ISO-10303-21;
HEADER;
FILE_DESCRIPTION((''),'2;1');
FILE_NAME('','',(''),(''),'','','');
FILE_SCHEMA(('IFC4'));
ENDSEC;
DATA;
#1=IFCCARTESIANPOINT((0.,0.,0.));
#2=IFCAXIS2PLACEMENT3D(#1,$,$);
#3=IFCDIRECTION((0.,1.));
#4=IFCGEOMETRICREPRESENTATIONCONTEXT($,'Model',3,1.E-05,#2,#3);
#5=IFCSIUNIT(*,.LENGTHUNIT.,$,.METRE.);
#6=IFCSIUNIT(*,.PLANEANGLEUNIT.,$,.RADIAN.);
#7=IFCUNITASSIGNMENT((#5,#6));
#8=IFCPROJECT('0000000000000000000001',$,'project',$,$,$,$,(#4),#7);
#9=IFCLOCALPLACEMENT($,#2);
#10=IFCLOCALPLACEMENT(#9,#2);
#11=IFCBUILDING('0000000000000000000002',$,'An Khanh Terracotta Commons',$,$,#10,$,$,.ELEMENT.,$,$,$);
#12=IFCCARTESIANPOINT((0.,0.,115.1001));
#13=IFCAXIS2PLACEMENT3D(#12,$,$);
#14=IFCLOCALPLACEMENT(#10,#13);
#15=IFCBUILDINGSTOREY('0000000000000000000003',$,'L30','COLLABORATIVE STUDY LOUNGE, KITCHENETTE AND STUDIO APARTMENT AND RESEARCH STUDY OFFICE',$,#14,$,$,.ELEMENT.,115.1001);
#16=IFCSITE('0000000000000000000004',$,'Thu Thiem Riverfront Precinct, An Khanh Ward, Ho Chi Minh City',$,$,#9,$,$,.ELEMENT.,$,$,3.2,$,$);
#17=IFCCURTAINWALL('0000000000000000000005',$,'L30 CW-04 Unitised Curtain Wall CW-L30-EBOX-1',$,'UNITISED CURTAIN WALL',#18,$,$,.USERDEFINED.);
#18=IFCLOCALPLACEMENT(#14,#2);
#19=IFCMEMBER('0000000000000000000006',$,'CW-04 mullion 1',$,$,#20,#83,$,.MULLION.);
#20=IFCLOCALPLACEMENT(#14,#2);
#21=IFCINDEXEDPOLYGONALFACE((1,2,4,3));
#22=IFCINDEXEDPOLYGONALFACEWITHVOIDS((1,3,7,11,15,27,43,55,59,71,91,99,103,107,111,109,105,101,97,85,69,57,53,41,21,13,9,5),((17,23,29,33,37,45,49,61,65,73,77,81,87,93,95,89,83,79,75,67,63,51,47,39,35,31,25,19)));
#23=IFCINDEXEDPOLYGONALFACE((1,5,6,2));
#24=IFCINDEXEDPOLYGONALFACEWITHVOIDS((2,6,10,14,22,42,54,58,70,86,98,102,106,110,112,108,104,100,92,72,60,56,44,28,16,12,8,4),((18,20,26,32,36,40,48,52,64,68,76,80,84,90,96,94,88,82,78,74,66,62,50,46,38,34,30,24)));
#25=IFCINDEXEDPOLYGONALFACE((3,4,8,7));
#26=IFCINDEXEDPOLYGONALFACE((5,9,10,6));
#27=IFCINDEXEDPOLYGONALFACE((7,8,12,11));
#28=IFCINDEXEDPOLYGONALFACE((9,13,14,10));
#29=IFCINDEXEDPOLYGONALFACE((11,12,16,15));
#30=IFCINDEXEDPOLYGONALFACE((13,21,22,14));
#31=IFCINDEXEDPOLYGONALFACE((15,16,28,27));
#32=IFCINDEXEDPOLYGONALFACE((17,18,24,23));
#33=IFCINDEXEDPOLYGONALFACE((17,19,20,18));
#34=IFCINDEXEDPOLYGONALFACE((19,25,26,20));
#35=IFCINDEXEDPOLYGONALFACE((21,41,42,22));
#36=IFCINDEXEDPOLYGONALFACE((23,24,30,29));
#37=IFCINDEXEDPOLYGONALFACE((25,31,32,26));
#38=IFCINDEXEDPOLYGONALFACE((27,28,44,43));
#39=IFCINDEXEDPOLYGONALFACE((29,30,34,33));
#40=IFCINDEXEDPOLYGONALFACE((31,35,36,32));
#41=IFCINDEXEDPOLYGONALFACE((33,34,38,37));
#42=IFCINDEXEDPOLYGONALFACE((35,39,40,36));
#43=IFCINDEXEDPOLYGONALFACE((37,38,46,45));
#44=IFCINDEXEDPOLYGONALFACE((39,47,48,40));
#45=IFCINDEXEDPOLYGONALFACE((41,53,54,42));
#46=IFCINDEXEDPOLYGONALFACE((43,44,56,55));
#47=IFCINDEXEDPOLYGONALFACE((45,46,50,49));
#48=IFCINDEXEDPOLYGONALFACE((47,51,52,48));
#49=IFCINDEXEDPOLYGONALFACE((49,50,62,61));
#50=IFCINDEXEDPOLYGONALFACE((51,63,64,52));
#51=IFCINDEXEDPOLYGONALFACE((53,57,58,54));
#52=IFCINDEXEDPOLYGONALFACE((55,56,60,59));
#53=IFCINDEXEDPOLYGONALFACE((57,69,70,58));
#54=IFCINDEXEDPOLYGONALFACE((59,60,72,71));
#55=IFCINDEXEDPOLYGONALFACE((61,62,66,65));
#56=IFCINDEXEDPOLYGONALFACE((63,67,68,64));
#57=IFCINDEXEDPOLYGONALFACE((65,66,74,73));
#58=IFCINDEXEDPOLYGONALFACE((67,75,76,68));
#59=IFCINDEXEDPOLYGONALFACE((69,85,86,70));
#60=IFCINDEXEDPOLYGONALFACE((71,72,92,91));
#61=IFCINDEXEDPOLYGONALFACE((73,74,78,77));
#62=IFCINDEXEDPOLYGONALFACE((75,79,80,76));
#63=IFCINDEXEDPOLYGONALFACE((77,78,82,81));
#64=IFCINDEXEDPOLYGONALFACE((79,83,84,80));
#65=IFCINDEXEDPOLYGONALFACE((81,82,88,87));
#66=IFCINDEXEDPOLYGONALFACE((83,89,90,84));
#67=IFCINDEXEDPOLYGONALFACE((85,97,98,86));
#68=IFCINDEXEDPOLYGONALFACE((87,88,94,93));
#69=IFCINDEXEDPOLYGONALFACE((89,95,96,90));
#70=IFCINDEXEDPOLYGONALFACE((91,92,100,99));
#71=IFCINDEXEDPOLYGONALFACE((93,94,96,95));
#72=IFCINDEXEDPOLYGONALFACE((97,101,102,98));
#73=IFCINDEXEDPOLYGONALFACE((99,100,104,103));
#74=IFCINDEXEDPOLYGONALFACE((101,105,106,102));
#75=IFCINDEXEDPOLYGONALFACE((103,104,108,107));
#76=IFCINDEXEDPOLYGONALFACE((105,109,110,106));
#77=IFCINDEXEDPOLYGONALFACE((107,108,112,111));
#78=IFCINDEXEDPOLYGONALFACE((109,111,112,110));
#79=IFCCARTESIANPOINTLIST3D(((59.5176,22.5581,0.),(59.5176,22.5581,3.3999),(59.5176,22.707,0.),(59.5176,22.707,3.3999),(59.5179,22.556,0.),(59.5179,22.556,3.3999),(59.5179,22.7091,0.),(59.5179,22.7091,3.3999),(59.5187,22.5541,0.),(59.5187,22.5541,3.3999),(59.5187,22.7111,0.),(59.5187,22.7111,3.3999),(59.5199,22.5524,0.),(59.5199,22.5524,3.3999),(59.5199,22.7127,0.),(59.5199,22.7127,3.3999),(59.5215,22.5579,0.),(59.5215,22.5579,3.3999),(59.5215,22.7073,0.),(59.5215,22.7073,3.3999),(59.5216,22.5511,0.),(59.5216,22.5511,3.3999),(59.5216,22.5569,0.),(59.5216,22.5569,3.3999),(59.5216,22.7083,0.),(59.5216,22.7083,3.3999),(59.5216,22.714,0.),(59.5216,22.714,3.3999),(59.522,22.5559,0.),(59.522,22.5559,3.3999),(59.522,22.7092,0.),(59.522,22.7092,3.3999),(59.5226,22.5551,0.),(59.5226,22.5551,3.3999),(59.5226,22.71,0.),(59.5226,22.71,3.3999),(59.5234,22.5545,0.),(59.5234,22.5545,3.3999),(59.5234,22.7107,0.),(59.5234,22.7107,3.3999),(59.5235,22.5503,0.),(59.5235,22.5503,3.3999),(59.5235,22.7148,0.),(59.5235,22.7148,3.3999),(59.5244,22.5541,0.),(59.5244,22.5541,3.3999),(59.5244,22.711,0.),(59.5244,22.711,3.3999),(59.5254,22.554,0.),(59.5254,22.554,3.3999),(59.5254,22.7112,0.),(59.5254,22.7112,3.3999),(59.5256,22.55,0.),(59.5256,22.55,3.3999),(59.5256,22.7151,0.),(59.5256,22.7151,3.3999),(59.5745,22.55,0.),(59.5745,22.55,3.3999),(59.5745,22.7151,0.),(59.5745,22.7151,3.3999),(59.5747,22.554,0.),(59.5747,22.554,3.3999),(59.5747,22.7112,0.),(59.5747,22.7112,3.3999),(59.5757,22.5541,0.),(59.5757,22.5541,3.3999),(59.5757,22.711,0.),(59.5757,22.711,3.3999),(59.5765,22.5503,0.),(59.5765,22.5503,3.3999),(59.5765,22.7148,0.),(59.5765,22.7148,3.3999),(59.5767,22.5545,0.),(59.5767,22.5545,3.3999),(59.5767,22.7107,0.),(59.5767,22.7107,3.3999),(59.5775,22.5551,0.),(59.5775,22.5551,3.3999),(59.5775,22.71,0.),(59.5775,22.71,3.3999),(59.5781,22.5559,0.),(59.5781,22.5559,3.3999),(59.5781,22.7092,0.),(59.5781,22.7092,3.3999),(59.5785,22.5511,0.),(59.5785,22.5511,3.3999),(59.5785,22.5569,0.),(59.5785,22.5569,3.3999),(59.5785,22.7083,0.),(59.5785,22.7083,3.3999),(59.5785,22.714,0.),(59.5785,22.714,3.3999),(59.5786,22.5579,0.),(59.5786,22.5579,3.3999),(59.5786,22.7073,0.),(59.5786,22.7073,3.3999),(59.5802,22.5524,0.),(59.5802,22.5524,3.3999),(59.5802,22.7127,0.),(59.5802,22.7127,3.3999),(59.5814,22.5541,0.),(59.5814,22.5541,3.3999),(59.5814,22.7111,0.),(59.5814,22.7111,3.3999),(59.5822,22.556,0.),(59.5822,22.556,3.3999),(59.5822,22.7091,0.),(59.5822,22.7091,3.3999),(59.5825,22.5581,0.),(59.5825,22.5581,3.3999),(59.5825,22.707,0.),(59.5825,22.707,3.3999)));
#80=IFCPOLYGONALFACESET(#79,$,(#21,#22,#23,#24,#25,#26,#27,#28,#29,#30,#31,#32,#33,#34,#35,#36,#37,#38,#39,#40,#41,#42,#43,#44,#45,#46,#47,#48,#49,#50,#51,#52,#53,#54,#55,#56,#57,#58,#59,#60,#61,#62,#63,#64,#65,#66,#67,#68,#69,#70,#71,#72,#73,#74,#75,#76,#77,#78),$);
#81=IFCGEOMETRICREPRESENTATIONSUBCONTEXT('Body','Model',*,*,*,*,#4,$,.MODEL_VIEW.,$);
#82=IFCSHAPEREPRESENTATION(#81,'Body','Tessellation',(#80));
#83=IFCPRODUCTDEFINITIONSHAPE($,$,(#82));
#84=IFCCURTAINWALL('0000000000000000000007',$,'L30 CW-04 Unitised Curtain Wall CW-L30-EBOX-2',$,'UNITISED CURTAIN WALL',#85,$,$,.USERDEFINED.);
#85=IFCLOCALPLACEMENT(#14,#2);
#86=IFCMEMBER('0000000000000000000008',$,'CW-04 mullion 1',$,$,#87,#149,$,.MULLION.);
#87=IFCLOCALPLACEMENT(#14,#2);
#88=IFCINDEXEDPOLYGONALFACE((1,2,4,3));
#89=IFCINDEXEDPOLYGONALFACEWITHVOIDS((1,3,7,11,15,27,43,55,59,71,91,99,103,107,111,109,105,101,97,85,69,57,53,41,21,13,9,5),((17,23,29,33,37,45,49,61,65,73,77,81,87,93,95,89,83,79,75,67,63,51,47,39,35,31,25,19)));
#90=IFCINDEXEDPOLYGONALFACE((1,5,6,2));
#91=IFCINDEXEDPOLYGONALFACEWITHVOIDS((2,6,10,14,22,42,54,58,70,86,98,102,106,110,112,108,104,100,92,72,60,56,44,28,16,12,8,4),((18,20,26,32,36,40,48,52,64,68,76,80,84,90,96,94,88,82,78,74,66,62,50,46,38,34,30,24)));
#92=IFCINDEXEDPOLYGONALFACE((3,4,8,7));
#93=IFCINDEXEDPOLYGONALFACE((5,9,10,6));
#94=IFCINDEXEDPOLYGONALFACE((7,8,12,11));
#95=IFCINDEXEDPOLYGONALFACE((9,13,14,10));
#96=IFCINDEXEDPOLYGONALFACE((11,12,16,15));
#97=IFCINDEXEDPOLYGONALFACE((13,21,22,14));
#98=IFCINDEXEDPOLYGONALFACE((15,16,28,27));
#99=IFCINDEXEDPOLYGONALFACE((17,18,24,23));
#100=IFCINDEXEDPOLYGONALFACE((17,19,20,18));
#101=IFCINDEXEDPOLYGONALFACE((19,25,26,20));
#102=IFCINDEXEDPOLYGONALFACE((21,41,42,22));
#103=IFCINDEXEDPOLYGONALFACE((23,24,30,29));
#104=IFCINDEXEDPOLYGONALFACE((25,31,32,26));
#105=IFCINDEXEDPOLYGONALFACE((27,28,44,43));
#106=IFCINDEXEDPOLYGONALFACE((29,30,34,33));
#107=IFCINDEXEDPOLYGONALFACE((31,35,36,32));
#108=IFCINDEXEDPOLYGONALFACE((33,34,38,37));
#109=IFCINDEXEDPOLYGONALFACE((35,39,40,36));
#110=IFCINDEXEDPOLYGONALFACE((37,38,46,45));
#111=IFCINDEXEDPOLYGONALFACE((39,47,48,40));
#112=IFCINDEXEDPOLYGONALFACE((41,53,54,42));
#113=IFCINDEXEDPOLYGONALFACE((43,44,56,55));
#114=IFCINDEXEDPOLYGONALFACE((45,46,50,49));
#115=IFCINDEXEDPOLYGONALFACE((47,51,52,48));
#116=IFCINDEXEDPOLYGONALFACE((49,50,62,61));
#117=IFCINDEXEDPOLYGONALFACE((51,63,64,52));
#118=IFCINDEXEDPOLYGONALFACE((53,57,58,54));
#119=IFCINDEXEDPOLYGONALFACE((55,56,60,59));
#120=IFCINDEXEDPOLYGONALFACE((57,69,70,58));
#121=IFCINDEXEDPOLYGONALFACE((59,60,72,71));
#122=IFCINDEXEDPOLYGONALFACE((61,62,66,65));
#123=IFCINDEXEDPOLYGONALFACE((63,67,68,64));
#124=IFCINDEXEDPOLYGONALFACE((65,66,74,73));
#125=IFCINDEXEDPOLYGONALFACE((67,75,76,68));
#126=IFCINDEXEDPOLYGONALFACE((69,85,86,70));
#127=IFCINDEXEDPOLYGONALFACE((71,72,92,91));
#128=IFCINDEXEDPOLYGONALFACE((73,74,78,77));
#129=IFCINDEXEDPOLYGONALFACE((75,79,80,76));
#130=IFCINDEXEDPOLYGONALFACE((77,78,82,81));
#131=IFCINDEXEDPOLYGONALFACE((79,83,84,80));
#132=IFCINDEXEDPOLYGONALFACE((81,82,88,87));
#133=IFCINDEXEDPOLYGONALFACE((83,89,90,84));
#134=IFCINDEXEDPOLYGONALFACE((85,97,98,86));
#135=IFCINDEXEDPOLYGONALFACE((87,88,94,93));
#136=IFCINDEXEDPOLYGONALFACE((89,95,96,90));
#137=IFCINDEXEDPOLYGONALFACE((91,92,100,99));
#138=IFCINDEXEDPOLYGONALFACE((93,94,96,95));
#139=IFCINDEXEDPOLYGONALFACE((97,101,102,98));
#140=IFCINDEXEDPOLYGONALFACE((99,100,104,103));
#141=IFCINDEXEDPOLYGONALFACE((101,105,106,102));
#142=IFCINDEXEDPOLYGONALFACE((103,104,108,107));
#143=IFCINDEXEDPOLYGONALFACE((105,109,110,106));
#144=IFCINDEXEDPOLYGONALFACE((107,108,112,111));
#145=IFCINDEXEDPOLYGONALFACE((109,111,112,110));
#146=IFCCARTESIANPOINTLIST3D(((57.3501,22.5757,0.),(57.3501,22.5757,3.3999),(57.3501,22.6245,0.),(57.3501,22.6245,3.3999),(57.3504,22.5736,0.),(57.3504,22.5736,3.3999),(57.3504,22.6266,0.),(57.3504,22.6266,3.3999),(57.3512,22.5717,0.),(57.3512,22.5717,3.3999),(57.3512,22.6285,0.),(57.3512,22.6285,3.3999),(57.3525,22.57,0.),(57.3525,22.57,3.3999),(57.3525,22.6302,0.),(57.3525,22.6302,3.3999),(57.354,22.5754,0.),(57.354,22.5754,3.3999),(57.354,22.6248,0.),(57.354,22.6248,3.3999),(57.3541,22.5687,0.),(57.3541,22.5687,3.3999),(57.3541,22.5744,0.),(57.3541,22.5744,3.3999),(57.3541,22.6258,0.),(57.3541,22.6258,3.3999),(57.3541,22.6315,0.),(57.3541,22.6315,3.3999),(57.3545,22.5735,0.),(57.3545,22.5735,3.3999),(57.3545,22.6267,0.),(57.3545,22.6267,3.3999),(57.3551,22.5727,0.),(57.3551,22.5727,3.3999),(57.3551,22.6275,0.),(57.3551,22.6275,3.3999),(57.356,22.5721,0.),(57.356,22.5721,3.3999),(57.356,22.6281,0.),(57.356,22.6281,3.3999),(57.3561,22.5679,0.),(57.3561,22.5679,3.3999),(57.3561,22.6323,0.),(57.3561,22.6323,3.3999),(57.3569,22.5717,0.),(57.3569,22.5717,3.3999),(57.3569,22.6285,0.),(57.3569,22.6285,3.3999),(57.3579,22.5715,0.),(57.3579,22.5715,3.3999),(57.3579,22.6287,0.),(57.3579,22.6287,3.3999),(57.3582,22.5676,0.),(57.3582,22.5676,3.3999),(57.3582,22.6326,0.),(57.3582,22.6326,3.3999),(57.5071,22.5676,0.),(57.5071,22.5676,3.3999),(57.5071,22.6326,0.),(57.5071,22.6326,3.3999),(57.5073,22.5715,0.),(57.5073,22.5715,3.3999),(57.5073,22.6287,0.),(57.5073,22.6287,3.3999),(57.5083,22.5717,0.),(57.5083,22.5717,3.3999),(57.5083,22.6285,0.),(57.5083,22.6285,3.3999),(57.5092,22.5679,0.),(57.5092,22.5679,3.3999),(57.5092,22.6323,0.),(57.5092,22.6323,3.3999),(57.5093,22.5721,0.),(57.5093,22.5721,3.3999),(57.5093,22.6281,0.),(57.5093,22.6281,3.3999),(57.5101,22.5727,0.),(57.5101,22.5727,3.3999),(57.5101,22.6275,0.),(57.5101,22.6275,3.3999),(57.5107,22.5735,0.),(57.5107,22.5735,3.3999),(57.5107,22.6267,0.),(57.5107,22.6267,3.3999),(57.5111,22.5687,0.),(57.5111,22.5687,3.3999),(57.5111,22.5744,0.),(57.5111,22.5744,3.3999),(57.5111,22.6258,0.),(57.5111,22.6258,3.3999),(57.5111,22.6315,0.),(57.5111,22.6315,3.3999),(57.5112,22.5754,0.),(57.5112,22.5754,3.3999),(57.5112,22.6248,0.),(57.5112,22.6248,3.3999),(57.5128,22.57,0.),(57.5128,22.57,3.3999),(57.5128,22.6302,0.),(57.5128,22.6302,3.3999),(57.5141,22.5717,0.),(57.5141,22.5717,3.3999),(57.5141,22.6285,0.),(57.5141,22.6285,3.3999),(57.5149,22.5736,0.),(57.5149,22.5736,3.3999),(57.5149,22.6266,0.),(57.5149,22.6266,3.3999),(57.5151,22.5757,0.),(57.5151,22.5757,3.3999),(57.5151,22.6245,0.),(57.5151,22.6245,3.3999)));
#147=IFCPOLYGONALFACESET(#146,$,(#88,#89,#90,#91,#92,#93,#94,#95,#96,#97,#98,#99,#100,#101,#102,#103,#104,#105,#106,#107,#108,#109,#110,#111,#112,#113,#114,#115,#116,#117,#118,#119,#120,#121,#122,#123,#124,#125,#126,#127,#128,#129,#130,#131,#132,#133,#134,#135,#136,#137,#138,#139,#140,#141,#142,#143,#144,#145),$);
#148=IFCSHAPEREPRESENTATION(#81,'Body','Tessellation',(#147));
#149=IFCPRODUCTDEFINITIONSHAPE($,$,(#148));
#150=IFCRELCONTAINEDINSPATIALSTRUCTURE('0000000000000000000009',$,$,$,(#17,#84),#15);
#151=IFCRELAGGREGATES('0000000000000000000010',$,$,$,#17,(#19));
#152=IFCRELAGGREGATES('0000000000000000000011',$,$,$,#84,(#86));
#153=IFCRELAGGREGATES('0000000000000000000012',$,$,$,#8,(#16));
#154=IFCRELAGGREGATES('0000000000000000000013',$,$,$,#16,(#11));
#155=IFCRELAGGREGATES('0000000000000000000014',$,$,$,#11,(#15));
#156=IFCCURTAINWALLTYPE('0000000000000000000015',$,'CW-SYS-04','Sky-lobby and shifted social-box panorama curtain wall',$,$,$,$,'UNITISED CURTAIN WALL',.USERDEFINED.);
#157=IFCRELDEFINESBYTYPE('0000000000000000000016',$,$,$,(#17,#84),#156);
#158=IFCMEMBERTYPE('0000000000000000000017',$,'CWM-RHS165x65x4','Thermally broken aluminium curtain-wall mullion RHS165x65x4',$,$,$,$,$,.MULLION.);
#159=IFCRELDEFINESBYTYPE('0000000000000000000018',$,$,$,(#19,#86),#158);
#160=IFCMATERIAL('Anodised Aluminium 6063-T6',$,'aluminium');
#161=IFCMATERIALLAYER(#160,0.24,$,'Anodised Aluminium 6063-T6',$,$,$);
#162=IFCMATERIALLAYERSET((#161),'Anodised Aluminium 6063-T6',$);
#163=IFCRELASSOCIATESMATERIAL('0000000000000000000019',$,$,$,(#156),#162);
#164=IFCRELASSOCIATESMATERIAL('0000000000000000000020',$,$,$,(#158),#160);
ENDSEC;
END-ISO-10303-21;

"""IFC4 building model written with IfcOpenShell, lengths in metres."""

from ifc_helpers import new_model, si_unit, direction, frame, origin, origin_2d, place, context, subcontext, project, spatial, hollow_rectangle, extrude, material, layer, layer_set, material_profile, profile_set, type_object, element, aggregate, save


model = new_model("IFC4")

# Units and contexts
model_context = context("Model", 3, precision=1e-05, world=origin(), true_north=direction((0.0, 1.0)))
body_context = subcontext(model_context, "Body", "Model", "MODEL_VIEW")
ifc_project = project(units=[si_unit("LENGTHUNIT", "METRE"), si_unit("PLANEANGLEUNIT", "RADIAN")], contexts=[model_context])

# Site, building, storey
site_placement = place(None, origin())
site = spatial("IfcSite", under=ifc_project, at=site_placement, Name="Thu Thiem Riverfront Precinct, An Khanh Ward, Ho Chi Minh City", CompositionType="ELEMENT", RefElevation=3.2)
building_placement = place(site_placement, origin())
building = spatial("IfcBuilding", under=site, at=building_placement, Name="An Khanh Terracotta Commons", CompositionType="ELEMENT")
storey_placement = place(building_placement, frame((0.0, 0.0, 115.1001)))
storey = spatial("IfcBuildingStorey", under=building, at=storey_placement, Name="L30", Description="COLLABORATIVE STUDY LOUNGE, KITCHENETTE AND STUDIO APARTMENT AND RESEARCH STUDY OFFICE", CompositionType="ELEMENT", Elevation=115.1001)

# Curtain wall, member
ifc_material_1 = material(Name="Anodised Aluminium 6063-T6", Category="aluminium")
ifc_layer_1 = layer(ifc_material_1, 0.24, Name="Anodised Aluminium 6063-T6")
ifc_layer_set_1 = layer_set([ifc_layer_1], Name="Anodised Aluminium 6063-T6")
curtain_wall_type_1 = type_object("IfcCurtainWallType", Name="CW-SYS-04", Description="Sky-lobby and shifted social-box panorama curtain wall", ElementType="UNITISED CURTAIN WALL", PredefinedType="USERDEFINED", material=ifc_layer_set_1)
curtain_wall_1_placement = place(storey_placement, origin())
curtain_wall_1 = element("IfcCurtainWall", 1, at=curtain_wall_1_placement, inside=storey, type_object=curtain_wall_type_1, Name="L30 CW-04 Unitised Curtain Wall CW-L30-EBOX-1", ObjectType="UNITISED CURTAIN WALL", PredefinedType="USERDEFINED")
ifc_material_profile_1 = material_profile(ifc_material_1, hollow_rectangle(XDim=0.0649, YDim=0.165, WallThickness=0.0039, InnerFilletRadius=0.0039, OuterFilletRadius=0.0081, at=origin_2d()), Name="RHS165x65x4")
ifc_profile_set_1 = profile_set([ifc_material_profile_1], Name="Anodised Aluminium 6063-T6")
member_type_1 = type_object("IfcMemberType", Name="CWM-RHS165x65x4", Description="Thermally broken aluminium curtain-wall mullion RHS165x65x4", PredefinedType="MULLION", material=ifc_profile_set_1)
member_1_placement = place(storey_placement, frame((59.55, 22.6326, 0.0), z_axis=(0.0, 0.0, 1.0), x_axis=(-1.0, 0.0, 0.0)))
member_1 = element("IfcMember", 2, at=member_1_placement, type_object=member_type_1, Name="CW-04 mullion 1", PredefinedType="MULLION", context=body_context, shape_type="SweptSolid", body=[
    extrude(hollow_rectangle(XDim=0.0649, YDim=0.165, WallThickness=0.0039, InnerFilletRadius=0.0039, OuterFilletRadius=0.0081, at=origin_2d()), origin(), (0.0, 0.0, 1.0), 3.3999),
])

# Curtain wall, member
curtain_wall_2_placement = place(storey_placement, origin())
curtain_wall_2 = element("IfcCurtainWall", 3, at=curtain_wall_2_placement, inside=storey, type_object=curtain_wall_type_1, Name="L30 CW-04 Unitised Curtain Wall CW-L30-EBOX-2", ObjectType="UNITISED CURTAIN WALL", PredefinedType="USERDEFINED")
member_2_placement = place(storey_placement, frame((57.4326, 22.6001, 0.0), z_axis=(0.0, 0.0, 1.0), x_axis=(0.0, 1.0, 0.0)))
member_2 = element("IfcMember", 4, at=member_2_placement, type_object=member_type_1, Name="CW-04 mullion 1", PredefinedType="MULLION", context=body_context, shape_type="SweptSolid", body=[
    extrude(hollow_rectangle(XDim=0.0649, YDim=0.165, WallThickness=0.0039, InnerFilletRadius=0.0039, OuterFilletRadius=0.0081, at=origin_2d()), origin(), (0.0, 0.0, 1.0), 3.3999),
])

aggregate(curtain_wall_1, [member_1])

aggregate(curtain_wall_2, [member_2])

save(model, "model.ifc")
